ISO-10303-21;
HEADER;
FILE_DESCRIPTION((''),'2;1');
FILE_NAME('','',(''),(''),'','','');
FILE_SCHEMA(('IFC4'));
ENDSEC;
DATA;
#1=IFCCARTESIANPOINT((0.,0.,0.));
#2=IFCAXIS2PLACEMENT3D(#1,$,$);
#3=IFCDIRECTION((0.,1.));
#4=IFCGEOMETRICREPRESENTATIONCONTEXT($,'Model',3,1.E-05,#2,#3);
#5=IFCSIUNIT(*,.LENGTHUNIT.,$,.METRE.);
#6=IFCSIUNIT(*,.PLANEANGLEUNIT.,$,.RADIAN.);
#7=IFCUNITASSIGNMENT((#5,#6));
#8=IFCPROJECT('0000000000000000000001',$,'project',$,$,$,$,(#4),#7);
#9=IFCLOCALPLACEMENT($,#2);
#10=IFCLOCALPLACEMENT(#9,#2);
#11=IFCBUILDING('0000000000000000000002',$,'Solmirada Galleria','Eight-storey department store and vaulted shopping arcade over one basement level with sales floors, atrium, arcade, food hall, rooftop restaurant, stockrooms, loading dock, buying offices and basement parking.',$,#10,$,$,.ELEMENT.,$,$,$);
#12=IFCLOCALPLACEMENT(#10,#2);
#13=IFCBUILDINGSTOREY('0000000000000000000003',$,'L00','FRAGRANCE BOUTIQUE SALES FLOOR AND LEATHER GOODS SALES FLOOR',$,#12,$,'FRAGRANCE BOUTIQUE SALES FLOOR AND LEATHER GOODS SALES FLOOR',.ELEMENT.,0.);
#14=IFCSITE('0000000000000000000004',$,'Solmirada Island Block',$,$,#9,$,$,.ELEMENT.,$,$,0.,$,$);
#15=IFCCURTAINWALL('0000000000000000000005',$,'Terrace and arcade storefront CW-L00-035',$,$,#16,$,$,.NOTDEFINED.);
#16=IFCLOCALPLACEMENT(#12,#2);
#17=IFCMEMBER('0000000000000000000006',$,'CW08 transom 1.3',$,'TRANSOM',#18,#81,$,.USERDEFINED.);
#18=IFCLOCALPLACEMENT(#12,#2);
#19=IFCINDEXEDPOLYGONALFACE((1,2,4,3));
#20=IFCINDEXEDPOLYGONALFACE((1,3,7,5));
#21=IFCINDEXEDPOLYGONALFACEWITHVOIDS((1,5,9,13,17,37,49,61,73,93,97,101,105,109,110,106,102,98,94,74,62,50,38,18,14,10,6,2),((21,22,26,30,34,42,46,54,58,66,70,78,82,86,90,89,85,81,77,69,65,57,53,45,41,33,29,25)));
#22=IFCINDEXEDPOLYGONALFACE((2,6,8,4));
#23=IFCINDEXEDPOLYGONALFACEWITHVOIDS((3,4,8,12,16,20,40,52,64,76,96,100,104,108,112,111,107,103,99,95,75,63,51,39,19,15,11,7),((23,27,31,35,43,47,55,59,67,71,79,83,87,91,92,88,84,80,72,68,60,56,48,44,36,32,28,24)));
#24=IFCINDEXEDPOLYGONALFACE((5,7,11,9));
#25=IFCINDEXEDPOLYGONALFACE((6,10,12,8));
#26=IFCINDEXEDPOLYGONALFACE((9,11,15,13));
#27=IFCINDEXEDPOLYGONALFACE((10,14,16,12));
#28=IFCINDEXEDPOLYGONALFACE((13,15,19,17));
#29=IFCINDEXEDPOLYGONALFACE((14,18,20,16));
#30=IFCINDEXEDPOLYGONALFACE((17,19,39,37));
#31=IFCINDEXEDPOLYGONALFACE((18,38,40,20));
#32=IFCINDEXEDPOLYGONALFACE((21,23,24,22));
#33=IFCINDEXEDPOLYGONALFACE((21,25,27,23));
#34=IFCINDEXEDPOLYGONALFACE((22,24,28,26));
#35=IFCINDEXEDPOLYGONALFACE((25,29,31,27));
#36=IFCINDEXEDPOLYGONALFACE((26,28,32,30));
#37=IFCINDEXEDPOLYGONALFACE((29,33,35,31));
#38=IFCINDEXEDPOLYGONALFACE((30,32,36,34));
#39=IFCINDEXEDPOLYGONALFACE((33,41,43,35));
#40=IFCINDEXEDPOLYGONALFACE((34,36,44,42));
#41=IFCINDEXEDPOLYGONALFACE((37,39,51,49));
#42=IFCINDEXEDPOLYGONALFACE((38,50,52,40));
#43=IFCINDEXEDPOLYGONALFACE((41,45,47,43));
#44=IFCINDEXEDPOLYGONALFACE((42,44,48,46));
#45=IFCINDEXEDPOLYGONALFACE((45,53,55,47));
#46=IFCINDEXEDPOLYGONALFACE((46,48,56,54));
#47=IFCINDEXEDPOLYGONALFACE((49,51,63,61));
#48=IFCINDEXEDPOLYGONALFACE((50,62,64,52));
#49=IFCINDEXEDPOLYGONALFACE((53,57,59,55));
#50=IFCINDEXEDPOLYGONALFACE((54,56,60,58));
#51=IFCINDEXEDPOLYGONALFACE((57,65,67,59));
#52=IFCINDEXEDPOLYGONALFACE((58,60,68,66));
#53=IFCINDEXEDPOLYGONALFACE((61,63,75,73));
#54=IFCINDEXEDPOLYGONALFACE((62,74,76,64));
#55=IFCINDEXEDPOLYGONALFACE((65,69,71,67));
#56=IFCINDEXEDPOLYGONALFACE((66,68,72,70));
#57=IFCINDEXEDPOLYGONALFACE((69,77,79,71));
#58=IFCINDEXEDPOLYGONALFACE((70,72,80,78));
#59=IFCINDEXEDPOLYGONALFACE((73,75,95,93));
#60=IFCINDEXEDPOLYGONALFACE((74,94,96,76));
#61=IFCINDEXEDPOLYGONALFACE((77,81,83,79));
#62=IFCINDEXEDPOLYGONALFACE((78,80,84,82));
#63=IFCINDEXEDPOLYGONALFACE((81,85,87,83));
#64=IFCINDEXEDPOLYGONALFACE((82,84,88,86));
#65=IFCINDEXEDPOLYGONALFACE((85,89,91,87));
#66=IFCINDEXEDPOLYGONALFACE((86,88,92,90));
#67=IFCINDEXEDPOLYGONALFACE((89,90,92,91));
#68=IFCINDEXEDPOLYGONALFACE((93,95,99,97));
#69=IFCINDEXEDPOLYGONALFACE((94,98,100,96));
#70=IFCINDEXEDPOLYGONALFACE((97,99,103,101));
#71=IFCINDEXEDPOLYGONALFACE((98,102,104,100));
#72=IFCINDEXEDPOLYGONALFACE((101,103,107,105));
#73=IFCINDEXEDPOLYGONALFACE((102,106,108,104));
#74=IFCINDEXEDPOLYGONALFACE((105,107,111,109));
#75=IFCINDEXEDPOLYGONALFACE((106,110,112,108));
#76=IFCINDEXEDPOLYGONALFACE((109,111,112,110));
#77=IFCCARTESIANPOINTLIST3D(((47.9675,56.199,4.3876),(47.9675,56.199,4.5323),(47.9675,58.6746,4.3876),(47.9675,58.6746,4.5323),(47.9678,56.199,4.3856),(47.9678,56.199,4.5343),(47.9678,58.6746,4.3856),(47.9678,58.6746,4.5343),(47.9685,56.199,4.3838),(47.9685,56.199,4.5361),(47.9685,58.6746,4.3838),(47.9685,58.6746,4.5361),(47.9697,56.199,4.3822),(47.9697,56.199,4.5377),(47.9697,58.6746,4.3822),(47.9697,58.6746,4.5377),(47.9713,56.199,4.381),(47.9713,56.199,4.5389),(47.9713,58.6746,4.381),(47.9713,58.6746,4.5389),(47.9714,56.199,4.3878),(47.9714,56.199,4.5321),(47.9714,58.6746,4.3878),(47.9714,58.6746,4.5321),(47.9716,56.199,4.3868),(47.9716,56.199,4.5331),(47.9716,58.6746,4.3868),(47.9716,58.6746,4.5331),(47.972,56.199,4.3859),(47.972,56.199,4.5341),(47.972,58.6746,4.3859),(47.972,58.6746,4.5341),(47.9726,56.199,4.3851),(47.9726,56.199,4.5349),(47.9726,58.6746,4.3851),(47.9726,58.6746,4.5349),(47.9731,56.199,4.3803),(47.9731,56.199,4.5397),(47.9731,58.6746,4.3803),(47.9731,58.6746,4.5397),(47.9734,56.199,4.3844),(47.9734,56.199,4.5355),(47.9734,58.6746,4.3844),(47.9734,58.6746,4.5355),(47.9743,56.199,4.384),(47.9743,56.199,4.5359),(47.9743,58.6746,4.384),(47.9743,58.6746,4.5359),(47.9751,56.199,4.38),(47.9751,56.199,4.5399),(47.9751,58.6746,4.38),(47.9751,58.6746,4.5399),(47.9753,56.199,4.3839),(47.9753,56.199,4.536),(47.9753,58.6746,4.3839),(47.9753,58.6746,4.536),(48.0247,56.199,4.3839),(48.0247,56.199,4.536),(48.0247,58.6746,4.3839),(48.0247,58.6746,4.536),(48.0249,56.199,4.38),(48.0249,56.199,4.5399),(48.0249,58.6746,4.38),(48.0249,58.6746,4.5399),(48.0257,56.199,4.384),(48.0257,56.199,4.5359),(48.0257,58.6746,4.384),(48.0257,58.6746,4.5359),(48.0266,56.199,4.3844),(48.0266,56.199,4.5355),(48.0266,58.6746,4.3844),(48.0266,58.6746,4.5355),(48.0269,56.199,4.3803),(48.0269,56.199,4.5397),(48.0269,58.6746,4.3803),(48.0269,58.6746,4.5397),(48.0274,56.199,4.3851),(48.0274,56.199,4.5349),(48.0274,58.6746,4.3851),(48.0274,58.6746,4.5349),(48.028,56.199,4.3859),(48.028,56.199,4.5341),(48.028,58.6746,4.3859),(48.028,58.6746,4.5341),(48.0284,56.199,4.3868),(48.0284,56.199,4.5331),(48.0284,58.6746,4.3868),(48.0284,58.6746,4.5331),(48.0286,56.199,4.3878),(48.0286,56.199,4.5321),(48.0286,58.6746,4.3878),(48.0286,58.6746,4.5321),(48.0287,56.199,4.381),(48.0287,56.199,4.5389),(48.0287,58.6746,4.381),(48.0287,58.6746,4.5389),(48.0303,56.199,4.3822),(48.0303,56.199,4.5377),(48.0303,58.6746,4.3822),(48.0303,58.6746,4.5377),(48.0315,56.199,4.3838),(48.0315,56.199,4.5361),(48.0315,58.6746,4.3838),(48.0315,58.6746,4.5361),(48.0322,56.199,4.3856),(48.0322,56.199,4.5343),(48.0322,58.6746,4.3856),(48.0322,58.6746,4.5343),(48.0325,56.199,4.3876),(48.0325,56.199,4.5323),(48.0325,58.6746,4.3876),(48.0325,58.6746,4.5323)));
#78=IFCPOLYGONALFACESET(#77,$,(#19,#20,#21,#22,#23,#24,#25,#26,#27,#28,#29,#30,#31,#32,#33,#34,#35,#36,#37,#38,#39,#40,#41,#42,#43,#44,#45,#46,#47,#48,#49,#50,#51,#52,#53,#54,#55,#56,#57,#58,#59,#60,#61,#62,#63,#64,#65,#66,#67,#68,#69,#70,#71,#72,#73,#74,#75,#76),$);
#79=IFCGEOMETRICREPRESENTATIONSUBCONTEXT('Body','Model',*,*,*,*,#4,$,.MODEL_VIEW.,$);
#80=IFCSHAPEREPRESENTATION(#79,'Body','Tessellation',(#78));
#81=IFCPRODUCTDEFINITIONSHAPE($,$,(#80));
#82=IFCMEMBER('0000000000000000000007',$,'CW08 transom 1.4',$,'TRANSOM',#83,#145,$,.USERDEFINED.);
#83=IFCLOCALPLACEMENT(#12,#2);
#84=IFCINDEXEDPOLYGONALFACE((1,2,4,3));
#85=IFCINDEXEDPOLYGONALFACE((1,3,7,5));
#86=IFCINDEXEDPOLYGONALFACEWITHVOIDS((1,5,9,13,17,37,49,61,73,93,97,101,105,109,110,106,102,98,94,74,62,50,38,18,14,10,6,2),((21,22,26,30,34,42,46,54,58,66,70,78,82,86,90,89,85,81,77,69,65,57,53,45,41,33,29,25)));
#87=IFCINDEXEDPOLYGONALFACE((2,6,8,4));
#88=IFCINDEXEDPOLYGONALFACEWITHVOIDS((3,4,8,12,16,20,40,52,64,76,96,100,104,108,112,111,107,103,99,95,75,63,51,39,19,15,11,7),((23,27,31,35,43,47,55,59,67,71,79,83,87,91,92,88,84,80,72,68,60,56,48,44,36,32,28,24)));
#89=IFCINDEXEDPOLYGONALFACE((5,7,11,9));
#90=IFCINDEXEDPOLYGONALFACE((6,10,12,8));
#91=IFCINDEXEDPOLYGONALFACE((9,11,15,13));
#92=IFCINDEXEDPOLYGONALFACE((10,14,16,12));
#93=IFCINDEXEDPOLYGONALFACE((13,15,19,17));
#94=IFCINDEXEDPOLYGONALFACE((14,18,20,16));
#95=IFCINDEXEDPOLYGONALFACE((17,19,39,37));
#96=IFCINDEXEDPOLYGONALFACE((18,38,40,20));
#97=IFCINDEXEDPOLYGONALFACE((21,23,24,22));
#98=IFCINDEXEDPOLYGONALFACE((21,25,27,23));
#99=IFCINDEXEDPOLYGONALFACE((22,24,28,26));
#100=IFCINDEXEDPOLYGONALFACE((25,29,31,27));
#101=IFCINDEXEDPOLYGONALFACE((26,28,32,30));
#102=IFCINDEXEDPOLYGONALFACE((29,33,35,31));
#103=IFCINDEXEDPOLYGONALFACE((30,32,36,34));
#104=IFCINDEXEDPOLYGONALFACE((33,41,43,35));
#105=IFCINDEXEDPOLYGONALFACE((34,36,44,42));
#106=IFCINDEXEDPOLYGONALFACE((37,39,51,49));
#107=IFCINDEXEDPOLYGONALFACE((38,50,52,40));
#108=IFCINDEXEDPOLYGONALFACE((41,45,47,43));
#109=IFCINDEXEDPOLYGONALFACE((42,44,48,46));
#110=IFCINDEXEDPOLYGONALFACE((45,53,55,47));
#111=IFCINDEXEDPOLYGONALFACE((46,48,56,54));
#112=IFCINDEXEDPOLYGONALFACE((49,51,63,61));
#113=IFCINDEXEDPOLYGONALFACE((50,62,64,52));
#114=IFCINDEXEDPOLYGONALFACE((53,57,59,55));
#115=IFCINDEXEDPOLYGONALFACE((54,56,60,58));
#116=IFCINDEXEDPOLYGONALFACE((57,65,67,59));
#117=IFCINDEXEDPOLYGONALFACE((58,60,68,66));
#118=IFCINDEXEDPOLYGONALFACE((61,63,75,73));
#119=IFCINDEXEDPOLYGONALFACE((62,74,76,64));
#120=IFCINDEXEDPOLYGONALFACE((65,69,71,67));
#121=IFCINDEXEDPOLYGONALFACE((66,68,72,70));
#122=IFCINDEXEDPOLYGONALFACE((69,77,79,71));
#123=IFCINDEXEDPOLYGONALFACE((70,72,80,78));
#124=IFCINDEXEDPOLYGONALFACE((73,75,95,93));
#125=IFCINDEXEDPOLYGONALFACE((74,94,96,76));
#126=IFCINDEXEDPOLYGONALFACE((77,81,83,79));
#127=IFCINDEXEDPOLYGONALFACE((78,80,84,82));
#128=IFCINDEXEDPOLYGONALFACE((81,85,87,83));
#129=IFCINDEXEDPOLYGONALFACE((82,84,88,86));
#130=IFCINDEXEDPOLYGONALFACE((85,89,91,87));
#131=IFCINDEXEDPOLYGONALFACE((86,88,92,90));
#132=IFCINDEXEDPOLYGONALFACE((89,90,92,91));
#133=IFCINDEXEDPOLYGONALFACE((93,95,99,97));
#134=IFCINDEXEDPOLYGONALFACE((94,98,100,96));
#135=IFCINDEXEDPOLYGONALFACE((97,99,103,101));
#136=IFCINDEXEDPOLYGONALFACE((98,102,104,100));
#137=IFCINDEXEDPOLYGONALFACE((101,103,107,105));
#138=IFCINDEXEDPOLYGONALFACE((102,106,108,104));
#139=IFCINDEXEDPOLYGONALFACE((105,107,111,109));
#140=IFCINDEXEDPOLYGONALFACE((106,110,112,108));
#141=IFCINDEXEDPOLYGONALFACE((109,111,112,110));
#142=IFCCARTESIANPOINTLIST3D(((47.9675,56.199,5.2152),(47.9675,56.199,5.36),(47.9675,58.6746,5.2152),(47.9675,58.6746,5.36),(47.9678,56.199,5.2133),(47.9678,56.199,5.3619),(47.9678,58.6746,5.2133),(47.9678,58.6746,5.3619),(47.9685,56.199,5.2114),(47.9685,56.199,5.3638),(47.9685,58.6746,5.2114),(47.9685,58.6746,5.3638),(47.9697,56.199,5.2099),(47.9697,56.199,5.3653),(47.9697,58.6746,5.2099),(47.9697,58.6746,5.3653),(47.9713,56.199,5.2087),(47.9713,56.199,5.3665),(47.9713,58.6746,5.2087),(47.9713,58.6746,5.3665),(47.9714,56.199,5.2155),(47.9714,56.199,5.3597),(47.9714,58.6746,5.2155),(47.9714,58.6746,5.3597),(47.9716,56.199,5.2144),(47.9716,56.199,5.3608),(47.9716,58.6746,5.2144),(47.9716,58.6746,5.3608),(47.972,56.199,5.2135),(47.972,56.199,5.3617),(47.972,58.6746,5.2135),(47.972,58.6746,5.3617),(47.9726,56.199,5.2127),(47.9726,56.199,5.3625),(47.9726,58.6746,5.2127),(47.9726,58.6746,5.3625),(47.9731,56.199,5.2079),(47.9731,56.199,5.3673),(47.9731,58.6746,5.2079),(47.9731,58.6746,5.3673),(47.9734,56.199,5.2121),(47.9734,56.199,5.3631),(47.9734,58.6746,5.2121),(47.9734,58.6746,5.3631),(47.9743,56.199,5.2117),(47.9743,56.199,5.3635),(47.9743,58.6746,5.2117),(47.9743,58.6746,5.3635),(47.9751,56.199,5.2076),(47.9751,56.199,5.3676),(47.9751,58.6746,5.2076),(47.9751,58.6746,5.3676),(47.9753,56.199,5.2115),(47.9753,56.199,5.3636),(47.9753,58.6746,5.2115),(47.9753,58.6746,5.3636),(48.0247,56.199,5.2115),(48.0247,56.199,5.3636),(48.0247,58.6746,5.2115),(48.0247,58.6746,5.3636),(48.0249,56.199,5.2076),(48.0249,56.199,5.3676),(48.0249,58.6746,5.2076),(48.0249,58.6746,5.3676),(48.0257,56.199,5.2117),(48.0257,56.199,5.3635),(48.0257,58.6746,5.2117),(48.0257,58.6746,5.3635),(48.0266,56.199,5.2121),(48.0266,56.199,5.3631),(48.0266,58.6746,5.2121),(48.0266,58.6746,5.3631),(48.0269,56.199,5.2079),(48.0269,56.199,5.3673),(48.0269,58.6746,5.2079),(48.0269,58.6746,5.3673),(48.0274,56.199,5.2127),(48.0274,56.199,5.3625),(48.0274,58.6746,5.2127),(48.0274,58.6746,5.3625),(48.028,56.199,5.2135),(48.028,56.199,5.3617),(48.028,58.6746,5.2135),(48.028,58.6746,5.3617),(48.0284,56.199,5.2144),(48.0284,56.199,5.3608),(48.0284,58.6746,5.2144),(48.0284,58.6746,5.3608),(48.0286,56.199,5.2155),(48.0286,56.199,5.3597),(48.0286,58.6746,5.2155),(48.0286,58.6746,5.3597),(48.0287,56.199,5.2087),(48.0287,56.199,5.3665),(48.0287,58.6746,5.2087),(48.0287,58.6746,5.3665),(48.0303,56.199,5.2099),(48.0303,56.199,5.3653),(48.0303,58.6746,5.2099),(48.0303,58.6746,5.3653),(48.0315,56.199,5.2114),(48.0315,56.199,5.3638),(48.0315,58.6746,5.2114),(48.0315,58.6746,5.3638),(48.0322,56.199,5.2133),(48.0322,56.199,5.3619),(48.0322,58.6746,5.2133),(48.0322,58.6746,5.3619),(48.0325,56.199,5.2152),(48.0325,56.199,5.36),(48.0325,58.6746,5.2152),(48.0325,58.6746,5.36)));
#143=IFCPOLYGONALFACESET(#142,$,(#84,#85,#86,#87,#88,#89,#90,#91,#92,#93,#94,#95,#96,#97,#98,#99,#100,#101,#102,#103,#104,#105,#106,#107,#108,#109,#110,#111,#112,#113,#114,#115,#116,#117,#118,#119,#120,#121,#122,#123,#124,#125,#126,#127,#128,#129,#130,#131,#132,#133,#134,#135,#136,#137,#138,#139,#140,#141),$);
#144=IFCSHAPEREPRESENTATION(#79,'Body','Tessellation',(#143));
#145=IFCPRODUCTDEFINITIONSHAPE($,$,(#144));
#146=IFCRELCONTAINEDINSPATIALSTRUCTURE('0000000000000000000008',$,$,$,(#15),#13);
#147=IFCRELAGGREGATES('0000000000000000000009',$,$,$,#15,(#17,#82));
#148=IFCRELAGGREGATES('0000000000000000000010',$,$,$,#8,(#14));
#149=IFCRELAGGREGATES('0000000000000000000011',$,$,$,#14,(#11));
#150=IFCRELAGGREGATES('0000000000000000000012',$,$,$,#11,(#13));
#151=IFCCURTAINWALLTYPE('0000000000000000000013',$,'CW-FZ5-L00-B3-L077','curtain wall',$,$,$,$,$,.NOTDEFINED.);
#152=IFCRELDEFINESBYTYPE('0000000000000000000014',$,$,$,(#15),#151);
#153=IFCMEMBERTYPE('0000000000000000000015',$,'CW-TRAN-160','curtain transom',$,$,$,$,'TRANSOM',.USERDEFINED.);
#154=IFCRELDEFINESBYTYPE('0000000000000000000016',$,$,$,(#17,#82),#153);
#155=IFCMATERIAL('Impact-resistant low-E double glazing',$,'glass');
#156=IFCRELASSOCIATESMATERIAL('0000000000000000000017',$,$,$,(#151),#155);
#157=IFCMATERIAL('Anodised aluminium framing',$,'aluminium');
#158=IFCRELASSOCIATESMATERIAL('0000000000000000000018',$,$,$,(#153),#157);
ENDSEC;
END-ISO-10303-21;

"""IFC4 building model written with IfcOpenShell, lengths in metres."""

from ifc_helpers import new_model, si_unit, direction, frame, origin, origin_2d, place, context, subcontext, project, spatial, hollow_rectangle, extrude, material, material_profile, profile_set, type_object, element, aggregate, save


model = new_model("IFC4")

# Units and contexts
model_context = context("Model", 3, precision=1e-05, world=origin(), true_north=direction((0.0, 1.0)))
body_context = subcontext(model_context, "Body", "Model", "MODEL_VIEW")
ifc_project = project(units=[si_unit("LENGTHUNIT", "METRE"), si_unit("PLANEANGLEUNIT", "RADIAN")], contexts=[model_context])

# Site, building, storey
site_placement = place(None, origin())
site = spatial("IfcSite", under=ifc_project, at=site_placement, Name="Solmirada Island Block", CompositionType="ELEMENT", RefElevation=0.0)
building_placement = place(site_placement, origin())
building = spatial("IfcBuilding", under=site, at=building_placement, Name="Solmirada Galleria", Description="Eight-storey department store and vaulted shopping arcade over one basement level with sales floors, atrium, arcade, food hall, rooftop restaurant, stockrooms, loading dock, buying offices and basement parking.", CompositionType="ELEMENT")
storey_placement = place(building_placement, origin())
storey = spatial("IfcBuildingStorey", under=building, at=storey_placement, Name="L00", Description="FRAGRANCE BOUTIQUE SALES FLOOR AND LEATHER GOODS SALES FLOOR", LongName="FRAGRANCE BOUTIQUE SALES FLOOR AND LEATHER GOODS SALES FLOOR", CompositionType="ELEMENT", Elevation=0.0)

# Curtain wall
ifc_material_1 = material(Name="Impact-resistant low-E double glazing", Category="glass")
curtain_wall_type = type_object("IfcCurtainWallType", Name="CW-FZ5-L00-B3-L077", Description="curtain wall", PredefinedType="NOTDEFINED", material=ifc_material_1)
ifc_material_2 = material(Name="Anodised aluminium framing", Category="aluminium")
curtain_wall_1_placement = place(storey_placement, origin())
curtain_wall_1 = element("IfcCurtainWall", 1, at=curtain_wall_1_placement, inside=storey, type_object=curtain_wall_type, Name="Terrace and arcade storefront CW-L00-035", PredefinedType="NOTDEFINED")

# Members
ifc_material_profile_1 = material_profile(ifc_material_2, hollow_rectangle(XDim=0.0649, YDim=0.1599, WallThickness=0.0039, InnerFilletRadius=0.0039, OuterFilletRadius=0.0076, at=origin_2d()), Name="ALU-TRAN-160X65")
ifc_profile_set_1 = profile_set([ifc_material_profile_1], Name="Anodised aluminium framing")
member_type_1 = type_object("IfcMemberType", Name="CW-TRAN-160", Description="curtain transom", ElementType="TRANSOM", PredefinedType="USERDEFINED", material=ifc_profile_set_1)
member_1_placement = place(storey_placement, frame((48.0, 56.199, 4.46), z_axis=(0.0, 1.0, 0.0), x_axis=(-1.0, 0.0, 0.0)))
member_1 = element("IfcMember", 2, at=member_1_placement, type_object=member_type_1, Name="CW08 transom 1.3", ObjectType="TRANSOM", PredefinedType="USERDEFINED", context=body_context, shape_type="SweptSolid", body=[
    extrude(hollow_rectangle(XDim=0.0649, YDim=0.1599, WallThickness=0.0039, InnerFilletRadius=0.0039, OuterFilletRadius=0.0076, at=origin_2d()), origin(), (0.0, 0.0, 1.0), 2.4756),
])
member_2_placement = place(storey_placement, frame((48.0, 56.199, 5.2876), z_axis=(0.0, 1.0, 0.0), x_axis=(-1.0, 0.0, 0.0)))
member_2 = element("IfcMember", 3, at=member_2_placement, type_object=member_type_1, Name="CW08 transom 1.4", ObjectType="TRANSOM", PredefinedType="USERDEFINED", context=body_context, shape_type="SweptSolid", body=[
    extrude(hollow_rectangle(XDim=0.0649, YDim=0.1599, WallThickness=0.0039, InnerFilletRadius=0.0039, OuterFilletRadius=0.0076, at=origin_2d()), origin(), (0.0, 0.0, 1.0), 2.4756),
])

aggregate(curtain_wall_1, [member_1, member_2])

save(model, "model.ifc")
